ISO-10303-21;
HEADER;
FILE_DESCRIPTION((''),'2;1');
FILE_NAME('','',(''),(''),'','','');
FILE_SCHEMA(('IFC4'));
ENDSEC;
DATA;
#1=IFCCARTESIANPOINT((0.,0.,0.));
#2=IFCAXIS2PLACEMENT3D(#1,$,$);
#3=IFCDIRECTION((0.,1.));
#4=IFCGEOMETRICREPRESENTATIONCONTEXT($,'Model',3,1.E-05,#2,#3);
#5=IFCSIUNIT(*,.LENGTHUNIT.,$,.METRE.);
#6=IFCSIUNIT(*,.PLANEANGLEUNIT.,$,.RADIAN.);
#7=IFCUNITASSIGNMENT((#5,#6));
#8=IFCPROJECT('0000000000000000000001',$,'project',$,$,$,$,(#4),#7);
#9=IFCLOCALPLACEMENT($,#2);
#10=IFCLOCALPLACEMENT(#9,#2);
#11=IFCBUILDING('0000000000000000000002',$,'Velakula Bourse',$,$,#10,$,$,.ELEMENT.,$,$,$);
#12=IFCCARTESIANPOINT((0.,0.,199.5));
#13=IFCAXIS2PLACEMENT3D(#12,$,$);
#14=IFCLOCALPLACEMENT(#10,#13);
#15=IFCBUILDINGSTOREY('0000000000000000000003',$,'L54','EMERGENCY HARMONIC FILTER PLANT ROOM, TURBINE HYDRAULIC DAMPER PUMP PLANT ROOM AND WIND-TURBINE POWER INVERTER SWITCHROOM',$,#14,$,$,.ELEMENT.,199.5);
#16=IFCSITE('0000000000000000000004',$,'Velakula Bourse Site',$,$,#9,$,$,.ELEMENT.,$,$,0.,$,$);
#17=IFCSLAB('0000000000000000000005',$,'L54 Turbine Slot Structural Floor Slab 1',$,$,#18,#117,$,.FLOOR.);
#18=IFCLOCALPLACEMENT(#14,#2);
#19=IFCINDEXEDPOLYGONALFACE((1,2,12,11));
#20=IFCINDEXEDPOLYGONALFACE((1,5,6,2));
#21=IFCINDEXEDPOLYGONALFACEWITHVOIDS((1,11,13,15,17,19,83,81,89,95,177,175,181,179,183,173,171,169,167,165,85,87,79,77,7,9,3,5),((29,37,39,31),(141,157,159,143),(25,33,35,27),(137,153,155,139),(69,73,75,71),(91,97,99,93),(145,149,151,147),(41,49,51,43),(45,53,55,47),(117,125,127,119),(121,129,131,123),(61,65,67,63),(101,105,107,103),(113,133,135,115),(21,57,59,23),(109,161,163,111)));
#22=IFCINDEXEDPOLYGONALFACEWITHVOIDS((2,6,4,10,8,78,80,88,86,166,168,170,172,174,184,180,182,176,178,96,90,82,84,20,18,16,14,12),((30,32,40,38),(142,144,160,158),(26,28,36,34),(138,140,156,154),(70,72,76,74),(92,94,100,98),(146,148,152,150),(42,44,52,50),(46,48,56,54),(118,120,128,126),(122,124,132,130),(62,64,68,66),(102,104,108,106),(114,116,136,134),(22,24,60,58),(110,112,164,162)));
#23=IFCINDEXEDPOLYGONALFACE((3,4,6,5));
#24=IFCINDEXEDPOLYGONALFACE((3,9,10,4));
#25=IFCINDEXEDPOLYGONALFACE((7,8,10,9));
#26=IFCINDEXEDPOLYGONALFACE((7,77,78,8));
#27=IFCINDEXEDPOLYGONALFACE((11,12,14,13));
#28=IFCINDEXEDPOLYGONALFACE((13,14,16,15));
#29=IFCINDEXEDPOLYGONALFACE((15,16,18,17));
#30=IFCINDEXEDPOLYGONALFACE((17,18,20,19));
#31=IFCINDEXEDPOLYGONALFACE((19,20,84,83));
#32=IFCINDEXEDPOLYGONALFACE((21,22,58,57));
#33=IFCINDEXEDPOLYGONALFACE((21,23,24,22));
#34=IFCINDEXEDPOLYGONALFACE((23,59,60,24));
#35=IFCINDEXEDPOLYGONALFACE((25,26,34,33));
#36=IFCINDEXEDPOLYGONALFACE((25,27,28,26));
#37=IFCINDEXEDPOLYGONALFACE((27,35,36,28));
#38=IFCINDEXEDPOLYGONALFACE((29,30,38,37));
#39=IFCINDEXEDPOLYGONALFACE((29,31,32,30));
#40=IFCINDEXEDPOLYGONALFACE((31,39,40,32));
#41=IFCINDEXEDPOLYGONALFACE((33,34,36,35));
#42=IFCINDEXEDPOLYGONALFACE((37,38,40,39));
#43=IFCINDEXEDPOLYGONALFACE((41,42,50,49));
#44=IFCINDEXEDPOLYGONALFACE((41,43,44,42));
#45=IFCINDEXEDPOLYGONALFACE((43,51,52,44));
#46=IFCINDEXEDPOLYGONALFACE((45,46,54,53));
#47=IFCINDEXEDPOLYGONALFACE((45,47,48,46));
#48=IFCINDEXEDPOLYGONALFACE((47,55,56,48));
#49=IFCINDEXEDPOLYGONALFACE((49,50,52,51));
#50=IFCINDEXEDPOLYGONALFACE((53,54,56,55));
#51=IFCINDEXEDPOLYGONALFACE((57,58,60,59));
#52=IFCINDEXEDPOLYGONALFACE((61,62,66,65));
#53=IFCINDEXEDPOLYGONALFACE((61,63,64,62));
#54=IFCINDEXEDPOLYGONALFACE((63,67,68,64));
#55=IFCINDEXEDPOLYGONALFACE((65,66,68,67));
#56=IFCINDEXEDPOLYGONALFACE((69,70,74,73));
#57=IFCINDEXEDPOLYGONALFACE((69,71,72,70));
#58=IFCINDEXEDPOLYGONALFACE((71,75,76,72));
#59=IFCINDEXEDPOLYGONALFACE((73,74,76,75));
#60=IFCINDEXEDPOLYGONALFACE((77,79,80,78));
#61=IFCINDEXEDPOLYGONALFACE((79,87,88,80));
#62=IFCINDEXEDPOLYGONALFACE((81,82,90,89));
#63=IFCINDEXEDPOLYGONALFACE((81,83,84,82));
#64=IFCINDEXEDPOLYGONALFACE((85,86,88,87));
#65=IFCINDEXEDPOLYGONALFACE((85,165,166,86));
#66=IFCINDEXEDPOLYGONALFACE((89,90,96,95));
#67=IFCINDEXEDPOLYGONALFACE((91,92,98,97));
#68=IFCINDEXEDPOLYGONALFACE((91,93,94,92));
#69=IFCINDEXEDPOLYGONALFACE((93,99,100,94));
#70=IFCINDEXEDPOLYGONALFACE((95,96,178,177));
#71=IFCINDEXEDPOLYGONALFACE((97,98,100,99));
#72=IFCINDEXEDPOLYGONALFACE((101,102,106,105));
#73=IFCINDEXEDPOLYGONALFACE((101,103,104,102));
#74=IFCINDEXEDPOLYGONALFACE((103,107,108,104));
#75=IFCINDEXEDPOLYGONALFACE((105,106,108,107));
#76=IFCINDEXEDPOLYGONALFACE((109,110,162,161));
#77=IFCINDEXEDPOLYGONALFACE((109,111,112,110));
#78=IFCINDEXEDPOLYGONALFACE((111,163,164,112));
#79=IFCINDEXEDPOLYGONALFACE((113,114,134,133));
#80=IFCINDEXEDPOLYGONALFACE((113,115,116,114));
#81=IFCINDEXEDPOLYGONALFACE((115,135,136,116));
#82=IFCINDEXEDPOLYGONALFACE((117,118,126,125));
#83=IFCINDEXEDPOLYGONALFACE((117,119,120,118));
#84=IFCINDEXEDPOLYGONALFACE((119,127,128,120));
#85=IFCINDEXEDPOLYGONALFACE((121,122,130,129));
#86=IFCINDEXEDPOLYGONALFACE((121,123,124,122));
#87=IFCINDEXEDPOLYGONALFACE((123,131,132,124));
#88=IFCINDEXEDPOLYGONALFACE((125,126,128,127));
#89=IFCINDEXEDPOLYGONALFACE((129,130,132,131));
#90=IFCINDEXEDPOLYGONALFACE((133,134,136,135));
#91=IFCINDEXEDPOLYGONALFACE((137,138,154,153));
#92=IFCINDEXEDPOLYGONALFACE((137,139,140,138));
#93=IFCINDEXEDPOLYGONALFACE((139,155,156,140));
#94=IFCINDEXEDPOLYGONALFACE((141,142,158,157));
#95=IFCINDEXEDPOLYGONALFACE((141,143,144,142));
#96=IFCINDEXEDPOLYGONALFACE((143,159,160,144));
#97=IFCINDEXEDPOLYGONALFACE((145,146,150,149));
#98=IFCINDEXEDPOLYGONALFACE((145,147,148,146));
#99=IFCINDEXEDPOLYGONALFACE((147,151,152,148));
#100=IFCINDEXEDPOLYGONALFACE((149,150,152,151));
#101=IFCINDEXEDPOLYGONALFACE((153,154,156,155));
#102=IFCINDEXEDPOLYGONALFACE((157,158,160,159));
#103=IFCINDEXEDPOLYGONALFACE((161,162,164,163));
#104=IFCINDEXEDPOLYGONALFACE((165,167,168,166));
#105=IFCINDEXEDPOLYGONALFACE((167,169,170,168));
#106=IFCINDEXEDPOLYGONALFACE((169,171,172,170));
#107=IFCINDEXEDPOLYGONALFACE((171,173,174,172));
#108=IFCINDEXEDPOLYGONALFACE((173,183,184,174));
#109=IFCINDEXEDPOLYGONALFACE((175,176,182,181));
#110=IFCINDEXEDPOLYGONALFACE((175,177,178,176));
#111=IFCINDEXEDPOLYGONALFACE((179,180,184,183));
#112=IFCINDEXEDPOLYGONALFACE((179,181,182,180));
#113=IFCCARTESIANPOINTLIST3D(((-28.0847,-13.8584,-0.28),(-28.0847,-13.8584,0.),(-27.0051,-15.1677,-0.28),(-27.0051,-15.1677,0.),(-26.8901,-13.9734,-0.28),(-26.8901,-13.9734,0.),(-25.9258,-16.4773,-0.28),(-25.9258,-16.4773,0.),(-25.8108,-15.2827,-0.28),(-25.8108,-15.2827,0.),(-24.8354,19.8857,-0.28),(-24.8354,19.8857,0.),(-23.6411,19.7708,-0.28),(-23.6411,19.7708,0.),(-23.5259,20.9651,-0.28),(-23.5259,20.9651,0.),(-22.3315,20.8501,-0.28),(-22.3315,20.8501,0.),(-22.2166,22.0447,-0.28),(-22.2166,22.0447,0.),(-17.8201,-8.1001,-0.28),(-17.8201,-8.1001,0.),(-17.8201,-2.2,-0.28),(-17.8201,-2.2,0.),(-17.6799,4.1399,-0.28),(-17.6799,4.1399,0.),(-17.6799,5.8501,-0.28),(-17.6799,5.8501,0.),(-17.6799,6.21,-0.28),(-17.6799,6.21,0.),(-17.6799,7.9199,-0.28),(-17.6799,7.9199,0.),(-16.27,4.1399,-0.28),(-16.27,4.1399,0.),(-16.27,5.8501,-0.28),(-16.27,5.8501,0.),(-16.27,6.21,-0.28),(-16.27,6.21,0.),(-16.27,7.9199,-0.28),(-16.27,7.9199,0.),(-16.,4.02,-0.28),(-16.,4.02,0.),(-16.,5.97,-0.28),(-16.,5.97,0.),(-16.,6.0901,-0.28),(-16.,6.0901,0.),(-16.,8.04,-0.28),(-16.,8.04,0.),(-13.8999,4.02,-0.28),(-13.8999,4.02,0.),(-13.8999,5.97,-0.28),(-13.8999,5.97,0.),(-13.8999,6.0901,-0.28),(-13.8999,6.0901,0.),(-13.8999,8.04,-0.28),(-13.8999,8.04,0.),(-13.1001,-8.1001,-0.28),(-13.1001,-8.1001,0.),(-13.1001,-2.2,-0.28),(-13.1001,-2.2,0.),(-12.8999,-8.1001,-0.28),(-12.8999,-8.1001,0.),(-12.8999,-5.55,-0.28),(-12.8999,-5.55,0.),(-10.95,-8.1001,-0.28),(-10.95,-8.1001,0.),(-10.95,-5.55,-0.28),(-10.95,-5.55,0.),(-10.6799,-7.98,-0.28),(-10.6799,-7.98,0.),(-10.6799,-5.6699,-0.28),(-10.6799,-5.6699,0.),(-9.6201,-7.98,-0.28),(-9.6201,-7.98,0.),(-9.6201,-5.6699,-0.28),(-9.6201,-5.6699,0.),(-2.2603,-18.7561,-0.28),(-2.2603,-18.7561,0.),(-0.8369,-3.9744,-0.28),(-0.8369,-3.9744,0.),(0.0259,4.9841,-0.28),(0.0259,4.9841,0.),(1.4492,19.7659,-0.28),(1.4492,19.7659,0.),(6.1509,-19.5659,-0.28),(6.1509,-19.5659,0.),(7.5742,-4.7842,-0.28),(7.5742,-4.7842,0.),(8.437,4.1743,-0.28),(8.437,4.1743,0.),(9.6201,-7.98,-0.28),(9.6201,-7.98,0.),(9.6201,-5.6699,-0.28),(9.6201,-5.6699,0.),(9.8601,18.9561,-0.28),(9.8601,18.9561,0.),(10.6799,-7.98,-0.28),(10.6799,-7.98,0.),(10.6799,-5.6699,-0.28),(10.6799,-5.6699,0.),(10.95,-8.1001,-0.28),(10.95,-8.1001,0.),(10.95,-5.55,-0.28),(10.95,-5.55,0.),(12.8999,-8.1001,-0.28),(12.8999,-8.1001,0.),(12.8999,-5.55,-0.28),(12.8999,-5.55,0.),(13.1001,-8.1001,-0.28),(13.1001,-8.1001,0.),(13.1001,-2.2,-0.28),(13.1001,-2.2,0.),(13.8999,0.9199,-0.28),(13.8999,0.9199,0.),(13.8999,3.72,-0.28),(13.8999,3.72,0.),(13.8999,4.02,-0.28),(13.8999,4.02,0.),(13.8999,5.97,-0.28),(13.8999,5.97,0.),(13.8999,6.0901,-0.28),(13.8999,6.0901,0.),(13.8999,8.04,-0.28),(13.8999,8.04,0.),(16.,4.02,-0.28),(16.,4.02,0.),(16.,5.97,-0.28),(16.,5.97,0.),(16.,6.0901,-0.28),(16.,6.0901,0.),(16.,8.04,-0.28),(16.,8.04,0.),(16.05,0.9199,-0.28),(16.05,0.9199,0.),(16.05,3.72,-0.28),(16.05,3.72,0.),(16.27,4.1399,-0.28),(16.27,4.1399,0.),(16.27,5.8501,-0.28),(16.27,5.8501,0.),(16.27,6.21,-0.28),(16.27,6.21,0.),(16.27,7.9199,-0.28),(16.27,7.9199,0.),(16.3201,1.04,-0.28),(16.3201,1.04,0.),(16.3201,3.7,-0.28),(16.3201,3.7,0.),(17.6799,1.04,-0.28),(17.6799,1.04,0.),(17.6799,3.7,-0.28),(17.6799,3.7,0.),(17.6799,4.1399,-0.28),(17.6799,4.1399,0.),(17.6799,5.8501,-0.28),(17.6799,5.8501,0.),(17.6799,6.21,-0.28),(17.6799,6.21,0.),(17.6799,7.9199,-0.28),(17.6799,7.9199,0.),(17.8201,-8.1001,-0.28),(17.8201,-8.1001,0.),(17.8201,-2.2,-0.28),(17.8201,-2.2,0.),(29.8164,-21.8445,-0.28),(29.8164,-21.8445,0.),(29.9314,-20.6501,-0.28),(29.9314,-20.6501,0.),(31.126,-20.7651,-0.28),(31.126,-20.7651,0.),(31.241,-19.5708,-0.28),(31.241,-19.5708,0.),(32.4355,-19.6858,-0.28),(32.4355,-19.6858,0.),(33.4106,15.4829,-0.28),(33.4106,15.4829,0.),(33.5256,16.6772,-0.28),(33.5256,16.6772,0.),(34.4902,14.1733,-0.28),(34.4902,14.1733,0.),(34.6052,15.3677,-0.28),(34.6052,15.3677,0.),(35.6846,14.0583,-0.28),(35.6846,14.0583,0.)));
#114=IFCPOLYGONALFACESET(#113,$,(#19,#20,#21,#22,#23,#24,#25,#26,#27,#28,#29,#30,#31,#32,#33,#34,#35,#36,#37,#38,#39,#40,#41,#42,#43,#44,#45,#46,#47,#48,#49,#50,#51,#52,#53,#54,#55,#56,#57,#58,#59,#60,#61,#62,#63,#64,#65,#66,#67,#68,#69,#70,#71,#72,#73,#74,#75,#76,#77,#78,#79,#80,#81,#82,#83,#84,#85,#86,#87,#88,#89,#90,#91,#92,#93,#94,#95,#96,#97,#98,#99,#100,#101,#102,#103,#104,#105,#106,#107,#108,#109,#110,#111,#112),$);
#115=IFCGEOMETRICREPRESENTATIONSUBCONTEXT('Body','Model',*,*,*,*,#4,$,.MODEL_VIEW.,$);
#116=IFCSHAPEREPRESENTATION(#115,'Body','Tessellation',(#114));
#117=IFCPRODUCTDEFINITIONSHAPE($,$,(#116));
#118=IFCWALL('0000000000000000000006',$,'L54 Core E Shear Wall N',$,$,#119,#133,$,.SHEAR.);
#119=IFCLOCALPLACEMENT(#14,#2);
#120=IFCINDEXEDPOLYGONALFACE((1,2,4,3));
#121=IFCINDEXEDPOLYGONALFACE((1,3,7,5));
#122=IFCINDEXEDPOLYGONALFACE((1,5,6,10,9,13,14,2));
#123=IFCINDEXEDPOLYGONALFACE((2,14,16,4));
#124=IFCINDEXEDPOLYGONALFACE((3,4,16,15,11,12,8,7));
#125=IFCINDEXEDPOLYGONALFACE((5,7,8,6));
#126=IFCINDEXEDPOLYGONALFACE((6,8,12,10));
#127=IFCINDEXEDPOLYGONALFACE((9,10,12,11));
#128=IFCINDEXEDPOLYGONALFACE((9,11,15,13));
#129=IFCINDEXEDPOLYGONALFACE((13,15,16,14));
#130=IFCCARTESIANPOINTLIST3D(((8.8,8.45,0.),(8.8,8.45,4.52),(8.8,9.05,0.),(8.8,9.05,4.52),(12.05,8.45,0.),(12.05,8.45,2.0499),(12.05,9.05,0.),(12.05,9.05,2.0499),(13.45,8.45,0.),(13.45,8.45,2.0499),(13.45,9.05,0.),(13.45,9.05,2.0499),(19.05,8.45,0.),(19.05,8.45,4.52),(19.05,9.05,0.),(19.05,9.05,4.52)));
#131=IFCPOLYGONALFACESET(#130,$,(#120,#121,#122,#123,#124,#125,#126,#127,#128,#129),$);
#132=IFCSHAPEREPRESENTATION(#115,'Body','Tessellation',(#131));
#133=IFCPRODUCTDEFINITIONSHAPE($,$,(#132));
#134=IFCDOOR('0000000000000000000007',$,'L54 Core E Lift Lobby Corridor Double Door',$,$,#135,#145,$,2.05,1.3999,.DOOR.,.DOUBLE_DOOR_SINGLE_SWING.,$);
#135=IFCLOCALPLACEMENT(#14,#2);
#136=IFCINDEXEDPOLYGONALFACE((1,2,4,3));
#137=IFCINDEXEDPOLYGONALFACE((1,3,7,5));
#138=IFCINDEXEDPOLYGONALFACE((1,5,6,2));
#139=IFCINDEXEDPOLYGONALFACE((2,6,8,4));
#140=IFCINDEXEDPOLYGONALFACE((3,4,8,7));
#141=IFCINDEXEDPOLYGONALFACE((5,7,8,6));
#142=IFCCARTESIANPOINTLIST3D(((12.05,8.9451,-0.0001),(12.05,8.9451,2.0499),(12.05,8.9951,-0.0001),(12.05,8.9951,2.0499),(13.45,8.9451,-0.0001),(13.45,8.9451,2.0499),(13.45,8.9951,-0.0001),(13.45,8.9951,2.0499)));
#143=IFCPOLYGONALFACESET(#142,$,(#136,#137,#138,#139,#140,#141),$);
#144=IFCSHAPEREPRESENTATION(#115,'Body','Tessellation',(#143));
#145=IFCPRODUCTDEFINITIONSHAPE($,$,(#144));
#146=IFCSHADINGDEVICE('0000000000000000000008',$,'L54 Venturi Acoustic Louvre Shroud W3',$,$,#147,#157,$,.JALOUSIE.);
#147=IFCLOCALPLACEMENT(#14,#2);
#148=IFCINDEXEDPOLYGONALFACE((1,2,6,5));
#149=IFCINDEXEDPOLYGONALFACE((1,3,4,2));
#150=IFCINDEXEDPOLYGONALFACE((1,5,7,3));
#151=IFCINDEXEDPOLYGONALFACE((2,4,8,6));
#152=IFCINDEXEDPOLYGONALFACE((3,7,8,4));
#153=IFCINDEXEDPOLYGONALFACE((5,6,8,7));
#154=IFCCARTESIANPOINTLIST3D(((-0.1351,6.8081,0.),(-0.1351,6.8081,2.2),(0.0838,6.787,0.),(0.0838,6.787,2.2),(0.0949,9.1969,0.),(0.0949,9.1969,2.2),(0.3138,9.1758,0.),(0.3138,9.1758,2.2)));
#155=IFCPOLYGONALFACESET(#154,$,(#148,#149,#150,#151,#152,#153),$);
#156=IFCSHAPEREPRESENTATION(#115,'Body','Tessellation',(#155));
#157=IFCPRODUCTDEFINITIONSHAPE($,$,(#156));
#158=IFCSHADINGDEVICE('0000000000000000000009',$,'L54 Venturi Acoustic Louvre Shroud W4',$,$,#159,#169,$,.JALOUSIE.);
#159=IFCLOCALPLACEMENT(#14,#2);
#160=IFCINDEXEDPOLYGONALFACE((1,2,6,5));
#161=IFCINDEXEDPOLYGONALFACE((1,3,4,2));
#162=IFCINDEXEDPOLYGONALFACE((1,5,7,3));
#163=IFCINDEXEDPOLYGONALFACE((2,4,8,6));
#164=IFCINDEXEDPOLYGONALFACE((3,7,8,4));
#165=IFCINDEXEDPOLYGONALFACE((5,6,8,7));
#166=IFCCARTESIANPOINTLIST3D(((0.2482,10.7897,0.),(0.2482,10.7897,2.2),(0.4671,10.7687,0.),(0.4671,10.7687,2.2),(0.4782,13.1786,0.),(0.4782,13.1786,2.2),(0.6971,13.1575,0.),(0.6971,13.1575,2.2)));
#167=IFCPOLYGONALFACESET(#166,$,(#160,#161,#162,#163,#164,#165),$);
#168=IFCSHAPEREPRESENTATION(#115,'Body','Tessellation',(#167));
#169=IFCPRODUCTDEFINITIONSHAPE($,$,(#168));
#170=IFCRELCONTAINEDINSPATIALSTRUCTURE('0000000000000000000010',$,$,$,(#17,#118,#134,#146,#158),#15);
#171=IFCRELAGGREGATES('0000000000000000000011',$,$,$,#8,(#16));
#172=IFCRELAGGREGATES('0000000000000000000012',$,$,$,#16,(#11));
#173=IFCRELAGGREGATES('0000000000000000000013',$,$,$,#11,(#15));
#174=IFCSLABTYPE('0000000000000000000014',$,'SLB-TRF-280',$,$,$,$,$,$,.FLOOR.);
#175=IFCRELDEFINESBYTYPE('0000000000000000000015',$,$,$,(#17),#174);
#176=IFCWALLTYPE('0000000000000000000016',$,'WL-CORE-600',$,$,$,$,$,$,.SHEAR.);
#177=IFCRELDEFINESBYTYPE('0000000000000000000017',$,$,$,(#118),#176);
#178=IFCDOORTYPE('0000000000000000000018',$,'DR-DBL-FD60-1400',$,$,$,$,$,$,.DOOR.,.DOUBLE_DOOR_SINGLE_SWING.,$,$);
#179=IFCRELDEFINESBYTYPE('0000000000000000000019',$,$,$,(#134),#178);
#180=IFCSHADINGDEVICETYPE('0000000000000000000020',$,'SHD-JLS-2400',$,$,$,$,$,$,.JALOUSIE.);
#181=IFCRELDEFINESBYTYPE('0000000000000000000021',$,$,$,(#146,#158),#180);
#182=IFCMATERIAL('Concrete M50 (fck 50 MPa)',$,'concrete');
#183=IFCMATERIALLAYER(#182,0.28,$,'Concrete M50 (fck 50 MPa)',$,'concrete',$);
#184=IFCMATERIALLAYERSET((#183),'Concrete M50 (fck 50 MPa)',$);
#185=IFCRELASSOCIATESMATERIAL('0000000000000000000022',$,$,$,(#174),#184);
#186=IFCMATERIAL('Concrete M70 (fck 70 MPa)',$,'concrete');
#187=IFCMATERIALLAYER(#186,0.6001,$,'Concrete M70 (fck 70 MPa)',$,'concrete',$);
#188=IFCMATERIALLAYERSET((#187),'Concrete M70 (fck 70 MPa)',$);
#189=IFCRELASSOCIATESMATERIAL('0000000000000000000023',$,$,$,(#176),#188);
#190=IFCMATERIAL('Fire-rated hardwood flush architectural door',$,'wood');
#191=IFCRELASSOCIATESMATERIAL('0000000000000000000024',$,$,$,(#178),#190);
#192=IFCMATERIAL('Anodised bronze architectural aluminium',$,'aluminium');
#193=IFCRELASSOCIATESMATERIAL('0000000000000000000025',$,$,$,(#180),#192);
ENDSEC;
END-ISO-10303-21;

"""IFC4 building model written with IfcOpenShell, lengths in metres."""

from ifc_helpers import new_model, si_unit, direction, frame, frame_2d, origin, origin_2d, place, context, subcontext, project, spatial, polyline, rectangle, outline, extrude, material, layer, layer_set, type_object, element, fill, save


model = new_model("IFC4")

# Units and contexts
model_context = context("Model", 3, precision=1e-05, world=origin(), true_north=direction((0.0, 1.0)))
body_context = subcontext(model_context, "Body", "Model", "MODEL_VIEW")
ifc_project = project(units=[si_unit("LENGTHUNIT", "METRE"), si_unit("PLANEANGLEUNIT", "RADIAN")], contexts=[model_context])

# Site, building, storey
site_placement = place(None, origin())
site = spatial("IfcSite", under=ifc_project, at=site_placement, Name="Velakula Bourse Site", CompositionType="ELEMENT", RefElevation=0.0)
building_placement = place(site_placement, origin())
building = spatial("IfcBuilding", under=site, at=building_placement, Name="Velakula Bourse", CompositionType="ELEMENT")
storey_placement = place(building_placement, frame((0.0, 0.0, 199.5)))
storey = spatial("IfcBuildingStorey", under=building, at=storey_placement, Name="L54", Description="EMERGENCY HARMONIC FILTER PLANT ROOM, TURBINE HYDRAULIC DAMPER PUMP PLANT ROOM AND WIND-TURBINE POWER INVERTER SWITCHROOM", CompositionType="ELEMENT", Elevation=199.5)

# Shared definitions
ifc_material_1 = material(Name="Concrete M70 (fck 70 MPa)", Category="concrete")

# Shared definitions
ifc_material_2 = material(Name="Anodised bronze architectural aluminium", Category="aluminium")

# Shared definitions
ifc_material_3 = material(Name="Concrete M50 (fck 50 MPa)", Category="concrete")

# Slab
ifc_layer_1 = layer(ifc_material_3, 0.28, Name="Concrete M50 (fck 50 MPa)", Category="concrete")
ifc_layer_set_1 = layer_set([ifc_layer_1], Name="Concrete M50 (fck 50 MPa)")
slab_type_1 = type_object("IfcSlabType", Name="SLB-TRF-280", PredefinedType="FLOOR", material=ifc_layer_set_1)
slab_1_placement = place(storey_placement, frame((0.0, 0.0, -0.28)))
element("IfcSlab", 1, at=slab_1_placement, inside=storey, type_object=slab_type_1, Name="L54 Turbine Slot Structural Floor Slab 1", PredefinedType="FLOOR", context=body_context, shape_type="SweptSolid", body=[
    extrude(outline(polyline([(-25.9258, -16.4773), (-25.8108, -15.2827), (-27.0051, -15.1677), (-26.8901, -13.9734), (-28.0847, -13.8584), (-24.8354, 19.8857), (-23.6411, 19.7708), (-23.5259, 20.9651), (-22.3315, 20.8501), (-22.2166, 22.0447), (1.4492, 19.7659), (0.0259, 4.9841), (8.437, 4.1743), (9.8601, 18.9561), (33.5256, 16.6772), (33.4106, 15.4829), (34.6052, 15.3677), (34.4902, 14.1733), (35.6846, 14.0583), (32.4355, -19.6858), (31.241, -19.5708), (31.126, -20.7651), (29.9314, -20.6501), (29.8164, -21.8445), (6.1509, -19.5659), (7.5742, -4.7842), (-0.8369, -3.9744), (-2.2603, -18.7561), (-25.9258, -16.4773)]), holes=[polyline([(-17.8201, -8.1001), (-13.1001, -8.1001), (-13.1001, -2.2), (-17.8201, -2.2), (-17.8201, -8.1001)]), polyline([(13.1001, -8.1001), (17.8201, -8.1001), (17.8201, -2.2), (13.1001, -2.2), (13.1001, -8.1001)]), polyline([(-12.8999, -8.1001), (-10.95, -8.1001), (-10.95, -5.55), (-12.8999, -5.55), (-12.8999, -8.1001)]), polyline([(10.95, -8.1001), (12.8999, -8.1001), (12.8999, -5.55), (10.95, -5.55), (10.95, -8.1001)]), polyline([(13.8999, 0.9199), (16.05, 0.9199), (16.05, 3.72), (13.8999, 3.72), (13.8999, 0.9199)]), polyline([(-10.6799, -7.98), (-9.6201, -7.98), (-9.6201, -5.6699), (-10.6799, -5.6699), (-10.6799, -7.98)]), polyline([(-17.6799, 4.1399), (-16.27, 4.1399), (-16.27, 5.8501), (-17.6799, 5.8501), (-17.6799, 4.1399)]), polyline([(-17.6799, 6.21), (-16.27, 6.21), (-16.27, 7.9199), (-17.6799, 7.9199), (-17.6799, 6.21)]), polyline([(9.6201, -7.98), (10.6799, -7.98), (10.6799, -5.6699), (9.6201, -5.6699), (9.6201, -7.98)]), polyline([(16.27, 4.1399), (17.6799, 4.1399), (17.6799, 5.8501), (16.27, 5.8501), (16.27, 4.1399)]), polyline([(16.27, 6.21), (17.6799, 6.21), (17.6799, 7.9199), (16.27, 7.9199), (16.27, 6.21)]), polyline([(16.3201, 1.04), (17.6799, 1.04), (17.6799, 3.7), (16.3201, 3.7), (16.3201, 1.04)]), polyline([(-16.0, 4.02), (-13.8999, 4.02), (-13.8999, 5.97), (-16.0, 5.97), (-16.0, 4.02)]), polyline([(-16.0, 6.0901), (-13.8999, 6.0901), (-13.8999, 8.04), (-16.0, 8.04), (-16.0, 6.0901)]), polyline([(13.8999, 4.02), (16.0, 4.02), (16.0, 5.97), (13.8999, 5.97), (13.8999, 4.02)]), polyline([(13.8999, 6.0901), (16.0, 6.0901), (16.0, 8.04), (13.8999, 8.04), (13.8999, 6.0901)])]), origin(), (0.0, 0.0, 1.0), 0.28),
])

# Wall, opening, door
ifc_layer_2 = layer(ifc_material_1, 0.6001, Name="Concrete M70 (fck 70 MPa)", Category="concrete")
ifc_layer_set_2 = layer_set([ifc_layer_2], Name="Concrete M70 (fck 70 MPa)")
wall_type = type_object("IfcWallType", Name="WL-CORE-600", PredefinedType="SHEAR", material=ifc_layer_set_2)
wall_placement = place(storey_placement, frame((8.8, 8.75, 0.0), z_axis=(0.0, 0.0, 1.0), x_axis=(1.0, 0.0, 0.0)))
wall = element("IfcWall", 2, at=wall_placement, inside=storey, type_object=wall_type, Name="L54 Core E Shear Wall N", PredefinedType="SHEAR", context=body_context, shape_type="SweptSolid", body=[
    extrude(rectangle(XDim=10.25, YDim=0.6001, at=frame_2d((5.125, 0.0))), origin(), (0.0, 0.0, 1.0), 4.52),
])
opening_placement = place(wall_placement, frame((3.25, 0.0, 0.0)))
opening = element("IfcOpeningElement", 3, at=opening_placement, cuts=wall, PredefinedType="OPENING", context=body_context, shape_type="SweptSolid", body=[
    extrude(rectangle(XDim=1.3999, YDim=2.05, at=frame_2d((0.7, 1.0249))), frame((0.0, 0.3101, 0.0), z_axis=(0.0, -1.0, 0.0), x_axis=(1.0, 0.0, 0.0)), (0.0, 0.0, 1.0), 0.6201),
])
ifc_material_4 = material(Name="Fire-rated hardwood flush architectural door", Category="wood")
door_type = type_object("IfcDoorType", Name="DR-DBL-FD60-1400", OperationType="DOUBLE_DOOR_SINGLE_SWING", PredefinedType="DOOR", material=ifc_material_4)
door_placement = place(opening_placement, origin())
door = element("IfcDoor", 4, at=door_placement, inside=storey, type_object=door_type, Name="L54 Core E Lift Lobby Corridor Double Door", OperationType="DOUBLE_DOOR_SINGLE_SWING", OverallHeight=2.05, OverallWidth=1.3999, PredefinedType="DOOR", context=body_context, shape_type="SweptSolid", body=[
    extrude(rectangle(XDim=1.3999, YDim=2.05, at=frame_2d((0.7, 1.0249))), frame((0.0, 0.2451, 0.0), z_axis=(0.0, -1.0, 0.0), x_axis=(1.0, 0.0, 0.0)), (0.0, 0.0, 1.0), 0.05),
])
fill(opening, door)

# Shading devices
shading_device_type = type_object("IfcShadingDeviceType", Name="SHD-JLS-2400", PredefinedType="JALOUSIE", material=ifc_material_2)
for number, where, z_axis, x_axis, name in (
    (5, (0.0894, 7.9919, 0.0), (0.0, 0.0, 1.0), (0.995396, -0.095846, 0.0), "L54 Venturi Acoustic Louvre Shroud W3"),
    (6, (0.4727, 11.9736, 0.0), (0.0, 0.0, 1.0), (0.995396, -0.095846, 0.0), "L54 Venturi Acoustic Louvre Shroud W4"),
):
    element("IfcShadingDevice", number, at=place(storey_placement, frame(where, z_axis=z_axis, x_axis=x_axis)), inside=storey, type_object=shading_device_type, Name=name, PredefinedType="JALOUSIE", context=body_context, shape_type="SweptSolid", body=[
        extrude(rectangle(XDim=0.22, YDim=2.3999, at=origin_2d()), origin(), (0.0, 0.0, 1.0), 2.2),
    ])

save(model, "model.ifc")
